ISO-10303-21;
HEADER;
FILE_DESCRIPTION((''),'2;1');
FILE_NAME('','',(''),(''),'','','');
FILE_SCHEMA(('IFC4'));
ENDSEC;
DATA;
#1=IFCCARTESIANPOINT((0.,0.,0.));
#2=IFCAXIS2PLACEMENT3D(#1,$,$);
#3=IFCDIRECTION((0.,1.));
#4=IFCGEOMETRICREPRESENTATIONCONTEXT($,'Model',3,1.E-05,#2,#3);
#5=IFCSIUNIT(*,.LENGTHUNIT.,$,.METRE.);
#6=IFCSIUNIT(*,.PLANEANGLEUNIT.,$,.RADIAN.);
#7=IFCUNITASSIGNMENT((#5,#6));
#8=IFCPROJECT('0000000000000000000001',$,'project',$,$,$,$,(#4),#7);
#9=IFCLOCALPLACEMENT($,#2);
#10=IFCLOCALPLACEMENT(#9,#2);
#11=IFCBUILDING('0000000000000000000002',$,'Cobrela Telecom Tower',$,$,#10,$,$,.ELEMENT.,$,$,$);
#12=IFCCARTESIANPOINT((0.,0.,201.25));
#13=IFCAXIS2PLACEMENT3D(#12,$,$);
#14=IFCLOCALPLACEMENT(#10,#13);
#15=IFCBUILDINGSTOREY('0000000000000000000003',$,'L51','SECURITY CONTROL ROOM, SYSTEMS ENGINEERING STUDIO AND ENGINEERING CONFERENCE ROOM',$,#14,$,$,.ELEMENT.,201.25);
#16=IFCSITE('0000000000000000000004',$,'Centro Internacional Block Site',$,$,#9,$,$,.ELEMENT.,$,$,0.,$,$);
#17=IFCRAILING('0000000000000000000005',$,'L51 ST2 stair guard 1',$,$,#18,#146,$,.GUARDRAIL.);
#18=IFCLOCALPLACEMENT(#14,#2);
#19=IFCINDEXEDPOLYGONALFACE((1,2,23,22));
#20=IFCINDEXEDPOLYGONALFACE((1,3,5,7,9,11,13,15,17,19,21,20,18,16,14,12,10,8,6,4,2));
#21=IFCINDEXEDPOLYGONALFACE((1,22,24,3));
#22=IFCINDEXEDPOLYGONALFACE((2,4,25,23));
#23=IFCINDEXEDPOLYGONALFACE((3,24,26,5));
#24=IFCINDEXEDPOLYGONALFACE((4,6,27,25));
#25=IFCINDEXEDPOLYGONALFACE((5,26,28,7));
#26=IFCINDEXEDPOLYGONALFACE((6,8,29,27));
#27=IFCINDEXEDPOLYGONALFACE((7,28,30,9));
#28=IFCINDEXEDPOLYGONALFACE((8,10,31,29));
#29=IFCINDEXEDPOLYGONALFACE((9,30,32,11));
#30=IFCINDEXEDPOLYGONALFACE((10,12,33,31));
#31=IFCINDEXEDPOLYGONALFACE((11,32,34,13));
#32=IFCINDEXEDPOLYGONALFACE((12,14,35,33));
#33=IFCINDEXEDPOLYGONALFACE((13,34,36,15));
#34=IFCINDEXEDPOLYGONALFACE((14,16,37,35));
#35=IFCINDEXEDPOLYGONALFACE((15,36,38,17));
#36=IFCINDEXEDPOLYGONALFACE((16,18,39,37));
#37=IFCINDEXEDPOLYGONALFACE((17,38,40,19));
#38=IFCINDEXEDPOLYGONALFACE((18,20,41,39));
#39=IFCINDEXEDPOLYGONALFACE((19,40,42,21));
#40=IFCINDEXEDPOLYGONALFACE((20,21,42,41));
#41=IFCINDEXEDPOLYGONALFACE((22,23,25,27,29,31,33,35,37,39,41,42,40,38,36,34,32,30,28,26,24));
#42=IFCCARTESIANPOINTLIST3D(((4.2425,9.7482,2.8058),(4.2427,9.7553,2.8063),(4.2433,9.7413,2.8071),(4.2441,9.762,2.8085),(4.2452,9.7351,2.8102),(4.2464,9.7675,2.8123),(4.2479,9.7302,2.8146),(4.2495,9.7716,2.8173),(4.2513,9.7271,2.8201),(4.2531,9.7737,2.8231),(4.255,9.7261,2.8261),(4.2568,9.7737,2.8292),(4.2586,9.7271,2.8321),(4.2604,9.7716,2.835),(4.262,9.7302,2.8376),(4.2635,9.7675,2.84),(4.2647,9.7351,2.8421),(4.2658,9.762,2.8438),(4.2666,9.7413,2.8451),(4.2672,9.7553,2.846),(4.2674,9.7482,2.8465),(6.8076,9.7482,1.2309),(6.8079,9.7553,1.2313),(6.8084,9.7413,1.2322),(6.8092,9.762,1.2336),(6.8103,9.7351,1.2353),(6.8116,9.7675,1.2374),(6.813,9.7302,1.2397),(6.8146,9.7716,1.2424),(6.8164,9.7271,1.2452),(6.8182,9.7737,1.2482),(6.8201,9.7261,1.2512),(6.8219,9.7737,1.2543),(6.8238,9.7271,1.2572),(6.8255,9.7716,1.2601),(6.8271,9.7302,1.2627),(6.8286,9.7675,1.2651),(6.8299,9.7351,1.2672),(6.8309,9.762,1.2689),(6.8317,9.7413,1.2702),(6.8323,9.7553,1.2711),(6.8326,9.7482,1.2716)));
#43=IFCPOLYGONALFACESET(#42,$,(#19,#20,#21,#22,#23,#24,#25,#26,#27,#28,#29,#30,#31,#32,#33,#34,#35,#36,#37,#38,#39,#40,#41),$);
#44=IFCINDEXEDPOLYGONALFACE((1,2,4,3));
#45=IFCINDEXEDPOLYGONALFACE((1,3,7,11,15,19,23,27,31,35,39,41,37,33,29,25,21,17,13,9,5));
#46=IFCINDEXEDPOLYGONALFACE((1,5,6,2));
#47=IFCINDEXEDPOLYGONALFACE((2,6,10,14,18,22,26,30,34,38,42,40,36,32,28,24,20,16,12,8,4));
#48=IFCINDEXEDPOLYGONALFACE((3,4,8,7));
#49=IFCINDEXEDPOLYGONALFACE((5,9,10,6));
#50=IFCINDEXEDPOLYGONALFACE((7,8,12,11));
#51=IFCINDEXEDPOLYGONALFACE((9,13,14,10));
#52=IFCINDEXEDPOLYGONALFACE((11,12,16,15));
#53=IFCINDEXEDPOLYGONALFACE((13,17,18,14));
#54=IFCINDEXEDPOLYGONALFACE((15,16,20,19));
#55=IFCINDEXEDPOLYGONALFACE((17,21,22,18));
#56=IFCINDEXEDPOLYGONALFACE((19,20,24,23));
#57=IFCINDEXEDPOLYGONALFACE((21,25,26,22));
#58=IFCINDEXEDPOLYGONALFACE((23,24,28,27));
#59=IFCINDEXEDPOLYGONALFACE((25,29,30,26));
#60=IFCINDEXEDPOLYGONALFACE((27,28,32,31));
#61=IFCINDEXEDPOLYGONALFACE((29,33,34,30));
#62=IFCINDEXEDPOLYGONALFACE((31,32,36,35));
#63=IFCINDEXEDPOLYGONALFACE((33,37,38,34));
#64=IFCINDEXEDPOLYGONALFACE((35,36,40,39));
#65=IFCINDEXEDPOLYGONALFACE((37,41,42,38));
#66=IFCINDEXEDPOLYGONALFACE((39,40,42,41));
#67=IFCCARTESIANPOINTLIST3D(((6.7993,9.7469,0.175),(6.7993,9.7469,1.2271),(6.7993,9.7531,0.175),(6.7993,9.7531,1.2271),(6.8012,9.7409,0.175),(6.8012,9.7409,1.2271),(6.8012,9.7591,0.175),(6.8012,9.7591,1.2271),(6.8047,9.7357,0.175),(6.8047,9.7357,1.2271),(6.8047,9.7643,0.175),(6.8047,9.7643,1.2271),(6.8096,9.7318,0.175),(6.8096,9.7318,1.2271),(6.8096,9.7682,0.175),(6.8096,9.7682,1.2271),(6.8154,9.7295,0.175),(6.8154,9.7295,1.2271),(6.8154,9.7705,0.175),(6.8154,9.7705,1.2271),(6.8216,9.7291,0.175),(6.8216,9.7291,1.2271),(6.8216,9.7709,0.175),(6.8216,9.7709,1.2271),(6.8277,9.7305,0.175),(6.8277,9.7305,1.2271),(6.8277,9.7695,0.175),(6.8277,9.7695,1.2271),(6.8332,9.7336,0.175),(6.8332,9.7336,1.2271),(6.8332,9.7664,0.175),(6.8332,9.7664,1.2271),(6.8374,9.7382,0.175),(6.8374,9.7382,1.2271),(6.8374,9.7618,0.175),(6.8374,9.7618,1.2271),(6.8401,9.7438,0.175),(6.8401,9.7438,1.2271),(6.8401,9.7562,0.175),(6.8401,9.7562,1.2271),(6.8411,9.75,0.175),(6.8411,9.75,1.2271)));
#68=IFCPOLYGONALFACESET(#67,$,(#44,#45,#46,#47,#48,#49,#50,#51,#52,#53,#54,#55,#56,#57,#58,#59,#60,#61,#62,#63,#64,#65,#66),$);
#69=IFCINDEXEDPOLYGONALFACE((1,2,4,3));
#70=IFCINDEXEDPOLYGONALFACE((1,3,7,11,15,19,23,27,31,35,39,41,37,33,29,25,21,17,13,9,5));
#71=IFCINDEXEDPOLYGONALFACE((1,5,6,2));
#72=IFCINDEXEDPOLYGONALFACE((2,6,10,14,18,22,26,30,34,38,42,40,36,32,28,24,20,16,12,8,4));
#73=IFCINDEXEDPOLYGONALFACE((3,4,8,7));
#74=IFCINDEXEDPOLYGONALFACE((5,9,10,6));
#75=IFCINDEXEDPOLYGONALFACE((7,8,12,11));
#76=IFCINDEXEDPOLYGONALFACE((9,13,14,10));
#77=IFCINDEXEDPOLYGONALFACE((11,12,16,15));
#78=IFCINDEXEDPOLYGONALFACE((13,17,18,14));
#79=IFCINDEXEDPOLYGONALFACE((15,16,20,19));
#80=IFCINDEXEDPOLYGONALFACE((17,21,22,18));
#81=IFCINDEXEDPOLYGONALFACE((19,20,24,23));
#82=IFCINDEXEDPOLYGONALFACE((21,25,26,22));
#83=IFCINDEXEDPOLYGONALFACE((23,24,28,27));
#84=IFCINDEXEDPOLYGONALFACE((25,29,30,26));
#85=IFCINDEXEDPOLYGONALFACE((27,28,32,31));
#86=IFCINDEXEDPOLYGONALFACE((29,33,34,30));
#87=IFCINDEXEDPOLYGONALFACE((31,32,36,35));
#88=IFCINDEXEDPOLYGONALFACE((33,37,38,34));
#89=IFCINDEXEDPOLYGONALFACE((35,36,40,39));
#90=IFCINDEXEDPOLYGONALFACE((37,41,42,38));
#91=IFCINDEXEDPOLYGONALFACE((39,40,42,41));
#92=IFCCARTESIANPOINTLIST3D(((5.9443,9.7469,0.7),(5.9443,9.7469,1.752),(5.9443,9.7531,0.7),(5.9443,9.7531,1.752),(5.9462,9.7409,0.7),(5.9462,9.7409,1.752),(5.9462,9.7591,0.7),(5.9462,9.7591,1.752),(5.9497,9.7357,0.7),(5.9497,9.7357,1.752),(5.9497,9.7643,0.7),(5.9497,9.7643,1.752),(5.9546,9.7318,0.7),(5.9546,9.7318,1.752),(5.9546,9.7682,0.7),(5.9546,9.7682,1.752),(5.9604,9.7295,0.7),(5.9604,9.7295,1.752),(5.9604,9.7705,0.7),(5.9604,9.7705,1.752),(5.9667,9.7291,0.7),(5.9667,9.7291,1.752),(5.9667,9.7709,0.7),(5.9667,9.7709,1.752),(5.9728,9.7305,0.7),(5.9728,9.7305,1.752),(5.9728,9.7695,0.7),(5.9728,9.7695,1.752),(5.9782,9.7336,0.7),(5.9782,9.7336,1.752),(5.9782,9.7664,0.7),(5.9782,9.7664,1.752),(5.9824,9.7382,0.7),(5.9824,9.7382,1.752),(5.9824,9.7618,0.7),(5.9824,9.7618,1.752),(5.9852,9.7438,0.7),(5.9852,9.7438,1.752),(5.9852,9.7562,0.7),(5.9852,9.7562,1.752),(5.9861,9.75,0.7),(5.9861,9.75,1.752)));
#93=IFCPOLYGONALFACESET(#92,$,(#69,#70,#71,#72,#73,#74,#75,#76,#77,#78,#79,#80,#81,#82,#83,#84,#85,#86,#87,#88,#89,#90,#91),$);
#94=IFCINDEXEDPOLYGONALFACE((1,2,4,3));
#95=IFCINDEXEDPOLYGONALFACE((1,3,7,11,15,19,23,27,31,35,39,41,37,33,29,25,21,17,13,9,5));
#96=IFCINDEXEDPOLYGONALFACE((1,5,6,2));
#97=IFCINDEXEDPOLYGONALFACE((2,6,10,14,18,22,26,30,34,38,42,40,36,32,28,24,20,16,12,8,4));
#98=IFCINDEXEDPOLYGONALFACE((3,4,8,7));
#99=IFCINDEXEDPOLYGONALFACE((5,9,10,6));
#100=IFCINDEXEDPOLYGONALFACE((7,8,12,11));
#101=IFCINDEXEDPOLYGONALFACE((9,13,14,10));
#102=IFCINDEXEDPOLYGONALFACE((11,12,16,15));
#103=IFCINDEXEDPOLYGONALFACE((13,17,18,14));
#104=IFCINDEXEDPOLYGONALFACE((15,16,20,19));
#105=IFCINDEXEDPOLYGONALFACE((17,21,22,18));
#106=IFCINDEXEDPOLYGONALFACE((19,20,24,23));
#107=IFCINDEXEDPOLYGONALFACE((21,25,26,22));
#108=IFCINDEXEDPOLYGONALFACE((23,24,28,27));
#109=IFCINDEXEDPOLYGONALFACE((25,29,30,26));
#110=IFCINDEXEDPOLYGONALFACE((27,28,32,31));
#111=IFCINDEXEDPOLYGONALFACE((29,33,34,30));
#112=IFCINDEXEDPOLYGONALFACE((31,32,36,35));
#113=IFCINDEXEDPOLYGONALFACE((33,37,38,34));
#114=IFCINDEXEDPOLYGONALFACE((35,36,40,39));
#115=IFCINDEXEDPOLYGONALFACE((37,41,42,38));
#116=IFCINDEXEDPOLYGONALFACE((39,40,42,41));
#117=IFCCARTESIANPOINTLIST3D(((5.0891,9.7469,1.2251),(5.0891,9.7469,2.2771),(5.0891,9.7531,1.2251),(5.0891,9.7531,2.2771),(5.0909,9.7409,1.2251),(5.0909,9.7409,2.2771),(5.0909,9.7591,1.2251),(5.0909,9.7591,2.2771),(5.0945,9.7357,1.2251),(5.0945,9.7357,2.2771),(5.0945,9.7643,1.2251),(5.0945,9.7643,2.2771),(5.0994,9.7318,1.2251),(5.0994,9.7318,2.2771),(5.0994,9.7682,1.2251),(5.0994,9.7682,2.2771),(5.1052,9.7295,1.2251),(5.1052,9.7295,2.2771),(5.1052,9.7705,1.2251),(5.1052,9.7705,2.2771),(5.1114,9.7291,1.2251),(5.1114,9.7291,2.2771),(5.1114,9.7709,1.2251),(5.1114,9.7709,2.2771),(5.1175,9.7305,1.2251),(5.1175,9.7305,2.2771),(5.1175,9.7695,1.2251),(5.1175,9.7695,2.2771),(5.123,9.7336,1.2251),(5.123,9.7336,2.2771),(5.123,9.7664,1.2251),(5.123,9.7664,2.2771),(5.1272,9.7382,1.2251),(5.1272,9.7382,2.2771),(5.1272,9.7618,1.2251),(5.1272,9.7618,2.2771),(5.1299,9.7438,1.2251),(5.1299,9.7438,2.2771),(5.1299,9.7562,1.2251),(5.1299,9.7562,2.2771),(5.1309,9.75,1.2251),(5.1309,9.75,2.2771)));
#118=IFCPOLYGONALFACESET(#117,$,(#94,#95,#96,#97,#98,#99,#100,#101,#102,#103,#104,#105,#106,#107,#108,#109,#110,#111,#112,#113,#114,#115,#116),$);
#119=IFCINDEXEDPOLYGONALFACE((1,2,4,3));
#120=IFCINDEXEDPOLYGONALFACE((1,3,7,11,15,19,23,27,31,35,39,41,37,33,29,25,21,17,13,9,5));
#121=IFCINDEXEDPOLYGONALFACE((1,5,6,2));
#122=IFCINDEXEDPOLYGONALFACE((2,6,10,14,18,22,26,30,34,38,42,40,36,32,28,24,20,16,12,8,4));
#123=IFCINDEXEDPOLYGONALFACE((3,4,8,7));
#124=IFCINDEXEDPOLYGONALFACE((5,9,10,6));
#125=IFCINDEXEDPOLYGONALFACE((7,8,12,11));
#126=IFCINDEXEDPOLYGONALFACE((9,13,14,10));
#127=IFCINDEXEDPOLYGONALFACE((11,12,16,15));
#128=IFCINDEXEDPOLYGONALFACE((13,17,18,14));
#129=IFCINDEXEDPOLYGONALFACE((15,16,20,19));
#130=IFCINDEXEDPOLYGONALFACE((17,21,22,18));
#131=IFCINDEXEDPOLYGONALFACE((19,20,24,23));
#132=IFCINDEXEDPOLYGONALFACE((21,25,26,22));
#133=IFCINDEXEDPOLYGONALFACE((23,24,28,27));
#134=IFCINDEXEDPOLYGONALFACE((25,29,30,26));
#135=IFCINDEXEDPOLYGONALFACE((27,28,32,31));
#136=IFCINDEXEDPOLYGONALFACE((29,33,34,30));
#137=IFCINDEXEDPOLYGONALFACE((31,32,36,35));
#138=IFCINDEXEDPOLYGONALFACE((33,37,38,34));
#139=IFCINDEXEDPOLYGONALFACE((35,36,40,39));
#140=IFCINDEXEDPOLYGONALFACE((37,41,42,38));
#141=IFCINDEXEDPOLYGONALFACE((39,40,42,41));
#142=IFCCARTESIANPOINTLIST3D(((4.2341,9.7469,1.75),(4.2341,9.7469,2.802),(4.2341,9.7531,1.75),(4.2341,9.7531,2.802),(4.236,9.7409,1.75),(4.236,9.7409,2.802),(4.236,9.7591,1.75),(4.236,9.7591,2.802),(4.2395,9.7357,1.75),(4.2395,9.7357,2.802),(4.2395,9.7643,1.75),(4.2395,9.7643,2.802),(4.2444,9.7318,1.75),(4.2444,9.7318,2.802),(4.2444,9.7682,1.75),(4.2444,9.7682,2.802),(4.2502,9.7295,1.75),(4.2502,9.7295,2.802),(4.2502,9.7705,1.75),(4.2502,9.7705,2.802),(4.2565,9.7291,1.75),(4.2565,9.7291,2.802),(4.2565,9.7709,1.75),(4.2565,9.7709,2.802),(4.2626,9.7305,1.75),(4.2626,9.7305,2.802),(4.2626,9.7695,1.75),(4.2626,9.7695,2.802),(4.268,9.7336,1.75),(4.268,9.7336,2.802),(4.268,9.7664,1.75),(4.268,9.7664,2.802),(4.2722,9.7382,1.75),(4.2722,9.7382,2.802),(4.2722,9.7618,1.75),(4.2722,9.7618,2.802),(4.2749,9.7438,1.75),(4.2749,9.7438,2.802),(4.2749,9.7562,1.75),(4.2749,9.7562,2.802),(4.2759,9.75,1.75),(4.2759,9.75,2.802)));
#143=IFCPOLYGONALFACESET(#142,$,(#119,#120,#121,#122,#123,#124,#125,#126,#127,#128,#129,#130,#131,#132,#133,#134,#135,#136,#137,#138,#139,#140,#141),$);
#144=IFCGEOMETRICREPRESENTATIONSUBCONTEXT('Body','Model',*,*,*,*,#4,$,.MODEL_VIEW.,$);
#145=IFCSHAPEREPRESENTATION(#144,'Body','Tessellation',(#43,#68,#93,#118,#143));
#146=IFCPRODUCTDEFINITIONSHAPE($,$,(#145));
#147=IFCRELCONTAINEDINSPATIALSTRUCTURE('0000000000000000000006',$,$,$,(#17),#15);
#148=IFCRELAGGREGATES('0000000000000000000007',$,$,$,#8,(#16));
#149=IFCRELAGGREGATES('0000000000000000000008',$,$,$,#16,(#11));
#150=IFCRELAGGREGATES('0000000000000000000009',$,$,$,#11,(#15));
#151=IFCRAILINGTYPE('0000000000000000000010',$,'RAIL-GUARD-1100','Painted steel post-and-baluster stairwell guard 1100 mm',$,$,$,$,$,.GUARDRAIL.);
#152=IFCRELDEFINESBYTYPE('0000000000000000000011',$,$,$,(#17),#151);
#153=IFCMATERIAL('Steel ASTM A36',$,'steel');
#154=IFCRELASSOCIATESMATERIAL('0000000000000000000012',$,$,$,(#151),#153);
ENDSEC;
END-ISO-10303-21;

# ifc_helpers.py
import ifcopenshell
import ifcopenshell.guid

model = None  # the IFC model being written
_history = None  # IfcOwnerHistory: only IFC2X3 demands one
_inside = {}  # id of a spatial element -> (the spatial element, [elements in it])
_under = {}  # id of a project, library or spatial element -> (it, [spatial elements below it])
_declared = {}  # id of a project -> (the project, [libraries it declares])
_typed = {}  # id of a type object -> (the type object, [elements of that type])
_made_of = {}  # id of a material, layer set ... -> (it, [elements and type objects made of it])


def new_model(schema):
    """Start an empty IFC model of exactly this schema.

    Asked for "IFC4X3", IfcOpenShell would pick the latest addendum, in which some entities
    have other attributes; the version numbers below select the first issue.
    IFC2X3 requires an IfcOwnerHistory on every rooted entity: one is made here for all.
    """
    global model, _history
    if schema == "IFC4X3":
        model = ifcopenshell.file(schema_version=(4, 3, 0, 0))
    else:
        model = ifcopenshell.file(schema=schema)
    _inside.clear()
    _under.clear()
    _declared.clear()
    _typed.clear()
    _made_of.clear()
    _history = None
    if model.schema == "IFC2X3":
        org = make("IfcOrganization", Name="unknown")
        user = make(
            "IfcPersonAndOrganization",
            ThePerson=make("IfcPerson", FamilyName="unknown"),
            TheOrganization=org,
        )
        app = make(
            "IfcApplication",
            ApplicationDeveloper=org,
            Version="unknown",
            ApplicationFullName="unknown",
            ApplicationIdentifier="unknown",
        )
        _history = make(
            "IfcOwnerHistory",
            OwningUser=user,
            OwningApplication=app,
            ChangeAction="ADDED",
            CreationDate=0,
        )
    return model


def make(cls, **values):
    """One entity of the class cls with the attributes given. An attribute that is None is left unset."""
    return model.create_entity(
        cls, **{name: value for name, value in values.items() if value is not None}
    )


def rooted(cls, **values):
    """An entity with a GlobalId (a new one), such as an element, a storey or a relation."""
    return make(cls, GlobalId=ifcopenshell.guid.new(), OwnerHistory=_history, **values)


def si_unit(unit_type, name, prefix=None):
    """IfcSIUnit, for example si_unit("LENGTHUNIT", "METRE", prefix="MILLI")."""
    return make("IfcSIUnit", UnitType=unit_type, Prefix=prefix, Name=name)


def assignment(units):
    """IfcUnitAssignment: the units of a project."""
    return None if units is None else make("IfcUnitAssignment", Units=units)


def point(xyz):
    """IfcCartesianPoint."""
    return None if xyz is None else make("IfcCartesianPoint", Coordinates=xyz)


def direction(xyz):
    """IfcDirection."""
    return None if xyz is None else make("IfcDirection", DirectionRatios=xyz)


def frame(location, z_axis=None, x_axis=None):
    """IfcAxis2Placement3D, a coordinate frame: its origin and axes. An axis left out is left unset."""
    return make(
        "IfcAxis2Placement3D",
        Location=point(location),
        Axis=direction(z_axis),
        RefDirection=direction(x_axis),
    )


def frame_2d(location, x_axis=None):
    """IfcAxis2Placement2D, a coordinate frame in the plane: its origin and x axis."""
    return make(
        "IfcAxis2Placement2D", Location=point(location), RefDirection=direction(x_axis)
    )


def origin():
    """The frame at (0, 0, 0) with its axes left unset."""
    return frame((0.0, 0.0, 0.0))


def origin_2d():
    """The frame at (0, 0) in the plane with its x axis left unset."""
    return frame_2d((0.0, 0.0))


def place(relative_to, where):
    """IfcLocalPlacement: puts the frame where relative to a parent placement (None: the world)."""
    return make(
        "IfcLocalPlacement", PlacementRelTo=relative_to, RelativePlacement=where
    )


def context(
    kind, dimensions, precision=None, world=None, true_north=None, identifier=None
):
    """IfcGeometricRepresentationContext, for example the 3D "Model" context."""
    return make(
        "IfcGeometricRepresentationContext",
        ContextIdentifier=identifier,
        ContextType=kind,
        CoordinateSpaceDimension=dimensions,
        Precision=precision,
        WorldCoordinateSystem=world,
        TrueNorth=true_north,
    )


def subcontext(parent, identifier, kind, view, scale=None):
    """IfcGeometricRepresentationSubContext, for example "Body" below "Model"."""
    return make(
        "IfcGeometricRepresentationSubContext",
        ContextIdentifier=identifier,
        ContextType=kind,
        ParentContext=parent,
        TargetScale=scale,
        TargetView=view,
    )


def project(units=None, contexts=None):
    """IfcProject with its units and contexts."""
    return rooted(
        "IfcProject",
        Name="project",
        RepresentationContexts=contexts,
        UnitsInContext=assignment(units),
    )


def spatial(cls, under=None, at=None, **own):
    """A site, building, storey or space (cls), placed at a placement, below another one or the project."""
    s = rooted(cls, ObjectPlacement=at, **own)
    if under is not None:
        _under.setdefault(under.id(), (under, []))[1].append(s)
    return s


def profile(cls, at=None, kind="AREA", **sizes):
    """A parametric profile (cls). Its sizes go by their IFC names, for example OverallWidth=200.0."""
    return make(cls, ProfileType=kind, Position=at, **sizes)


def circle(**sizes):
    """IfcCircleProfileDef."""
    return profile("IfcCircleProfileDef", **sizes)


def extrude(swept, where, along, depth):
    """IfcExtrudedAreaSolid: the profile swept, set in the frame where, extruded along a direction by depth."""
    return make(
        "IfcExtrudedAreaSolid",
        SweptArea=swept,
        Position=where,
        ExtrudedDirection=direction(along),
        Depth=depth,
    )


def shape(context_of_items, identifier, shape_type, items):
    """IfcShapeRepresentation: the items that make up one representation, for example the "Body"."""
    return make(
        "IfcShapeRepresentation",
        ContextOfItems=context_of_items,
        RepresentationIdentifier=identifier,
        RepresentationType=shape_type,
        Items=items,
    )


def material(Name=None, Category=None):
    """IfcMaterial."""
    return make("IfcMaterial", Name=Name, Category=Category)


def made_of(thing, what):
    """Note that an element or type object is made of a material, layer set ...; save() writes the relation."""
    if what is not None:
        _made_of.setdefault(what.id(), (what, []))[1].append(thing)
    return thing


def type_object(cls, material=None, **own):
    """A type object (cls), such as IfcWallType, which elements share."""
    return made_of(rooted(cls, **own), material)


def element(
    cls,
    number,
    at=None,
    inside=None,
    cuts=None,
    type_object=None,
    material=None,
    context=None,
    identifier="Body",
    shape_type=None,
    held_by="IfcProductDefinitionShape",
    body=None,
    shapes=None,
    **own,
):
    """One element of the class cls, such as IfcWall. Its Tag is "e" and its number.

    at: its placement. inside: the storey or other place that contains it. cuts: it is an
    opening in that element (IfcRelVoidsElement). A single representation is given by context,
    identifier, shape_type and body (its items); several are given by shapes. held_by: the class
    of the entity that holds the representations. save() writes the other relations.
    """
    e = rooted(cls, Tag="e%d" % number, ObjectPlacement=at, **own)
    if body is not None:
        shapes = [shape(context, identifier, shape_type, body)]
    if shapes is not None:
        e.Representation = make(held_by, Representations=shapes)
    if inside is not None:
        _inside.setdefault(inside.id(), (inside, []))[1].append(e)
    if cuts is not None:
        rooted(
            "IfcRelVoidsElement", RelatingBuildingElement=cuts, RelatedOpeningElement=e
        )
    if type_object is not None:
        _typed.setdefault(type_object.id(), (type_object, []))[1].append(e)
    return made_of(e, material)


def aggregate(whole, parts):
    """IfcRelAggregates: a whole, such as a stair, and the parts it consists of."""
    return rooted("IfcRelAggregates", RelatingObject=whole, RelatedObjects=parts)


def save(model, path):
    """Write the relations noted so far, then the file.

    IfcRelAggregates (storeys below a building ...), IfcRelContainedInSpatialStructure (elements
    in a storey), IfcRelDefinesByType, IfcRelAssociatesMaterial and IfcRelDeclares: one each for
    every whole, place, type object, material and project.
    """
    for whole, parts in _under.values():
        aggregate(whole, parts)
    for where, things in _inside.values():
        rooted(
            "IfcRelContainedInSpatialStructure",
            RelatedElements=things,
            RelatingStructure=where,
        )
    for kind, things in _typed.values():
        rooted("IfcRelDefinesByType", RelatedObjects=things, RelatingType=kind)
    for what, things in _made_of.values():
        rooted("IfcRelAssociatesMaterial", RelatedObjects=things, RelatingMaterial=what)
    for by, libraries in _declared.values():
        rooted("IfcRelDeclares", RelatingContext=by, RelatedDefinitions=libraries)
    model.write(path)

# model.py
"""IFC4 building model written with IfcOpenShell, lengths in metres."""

from ifc_helpers import new_model, si_unit, direction, frame, origin, origin_2d, place, context, subcontext, project, spatial, circle, extrude, material, type_object, element, save


model = new_model("IFC4")

# Units and contexts
model_context = context("Model", 3, precision=1e-05, world=origin(), true_north=direction((0.0, 1.0)))
body_context = subcontext(model_context, "Body", "Model", "MODEL_VIEW")
ifc_project = project(units=[si_unit("LENGTHUNIT", "METRE"), si_unit("PLANEANGLEUNIT", "RADIAN")], contexts=[model_context])

# Site, building, storey
site_placement = place(None, origin())
site = spatial("IfcSite", under=ifc_project, at=site_placement, Name="Centro Internacional Block Site", CompositionType="ELEMENT", RefElevation=0.0)
building_placement = place(site_placement, origin())
building = spatial("IfcBuilding", under=site, at=building_placement, Name="Cobrela Telecom Tower", CompositionType="ELEMENT")
storey_placement = place(building_placement, frame((0.0, 0.0, 201.25)))
storey = spatial("IfcBuildingStorey", under=building, at=storey_placement, Name="L51", Description="SECURITY CONTROL ROOM, SYSTEMS ENGINEERING STUDIO AND ENGINEERING CONFERENCE ROOM", CompositionType="ELEMENT", Elevation=201.25)

# Shared definitions
ifc_material_1 = material(Name="Steel ASTM A36", Category="steel")

# Railing
railing_type = type_object("IfcRailingType", Name="RAIL-GUARD-1100", Description="Painted steel post-and-baluster stairwell guard 1100 mm", PredefinedType="GUARDRAIL", material=ifc_material_1)
railing_1_placement = place(storey_placement, frame((6.8201, 9.75, 0.175)))
element("IfcRailing", 1, at=railing_1_placement, inside=storey, type_object=railing_type, Name="L51 ST2 stair guard 1", PredefinedType="GUARDRAIL", context=body_context, shape_type="SweptSolid", body=[
    extrude(circle(Radius=0.0239, at=origin_2d()), frame((0.0, 0.0, 1.0762), z_axis=(-0.852195, 0.0, 0.523224), x_axis=(0.0, -1.0, 0.0)), (0.0, 0.0, 1.0), 3.01),
    extrude(circle(Radius=0.021, at=origin_2d()), origin(), (0.0, 0.0, 1.0), 1.052),
    extrude(circle(Radius=0.021, at=origin_2d()), frame((-0.855, 0.0, 0.5249)), (0.0, 0.0, 1.0), 1.052),
    extrude(circle(Radius=0.021, at=origin_2d()), frame((-1.7102, 0.0, 1.05)), (0.0, 0.0, 1.0), 1.052),
    extrude(circle(Radius=0.021, at=origin_2d()), frame((-2.5652, 0.0, 1.575)), (0.0, 0.0, 1.0), 1.052),
])

save(model, "model.ifc")
